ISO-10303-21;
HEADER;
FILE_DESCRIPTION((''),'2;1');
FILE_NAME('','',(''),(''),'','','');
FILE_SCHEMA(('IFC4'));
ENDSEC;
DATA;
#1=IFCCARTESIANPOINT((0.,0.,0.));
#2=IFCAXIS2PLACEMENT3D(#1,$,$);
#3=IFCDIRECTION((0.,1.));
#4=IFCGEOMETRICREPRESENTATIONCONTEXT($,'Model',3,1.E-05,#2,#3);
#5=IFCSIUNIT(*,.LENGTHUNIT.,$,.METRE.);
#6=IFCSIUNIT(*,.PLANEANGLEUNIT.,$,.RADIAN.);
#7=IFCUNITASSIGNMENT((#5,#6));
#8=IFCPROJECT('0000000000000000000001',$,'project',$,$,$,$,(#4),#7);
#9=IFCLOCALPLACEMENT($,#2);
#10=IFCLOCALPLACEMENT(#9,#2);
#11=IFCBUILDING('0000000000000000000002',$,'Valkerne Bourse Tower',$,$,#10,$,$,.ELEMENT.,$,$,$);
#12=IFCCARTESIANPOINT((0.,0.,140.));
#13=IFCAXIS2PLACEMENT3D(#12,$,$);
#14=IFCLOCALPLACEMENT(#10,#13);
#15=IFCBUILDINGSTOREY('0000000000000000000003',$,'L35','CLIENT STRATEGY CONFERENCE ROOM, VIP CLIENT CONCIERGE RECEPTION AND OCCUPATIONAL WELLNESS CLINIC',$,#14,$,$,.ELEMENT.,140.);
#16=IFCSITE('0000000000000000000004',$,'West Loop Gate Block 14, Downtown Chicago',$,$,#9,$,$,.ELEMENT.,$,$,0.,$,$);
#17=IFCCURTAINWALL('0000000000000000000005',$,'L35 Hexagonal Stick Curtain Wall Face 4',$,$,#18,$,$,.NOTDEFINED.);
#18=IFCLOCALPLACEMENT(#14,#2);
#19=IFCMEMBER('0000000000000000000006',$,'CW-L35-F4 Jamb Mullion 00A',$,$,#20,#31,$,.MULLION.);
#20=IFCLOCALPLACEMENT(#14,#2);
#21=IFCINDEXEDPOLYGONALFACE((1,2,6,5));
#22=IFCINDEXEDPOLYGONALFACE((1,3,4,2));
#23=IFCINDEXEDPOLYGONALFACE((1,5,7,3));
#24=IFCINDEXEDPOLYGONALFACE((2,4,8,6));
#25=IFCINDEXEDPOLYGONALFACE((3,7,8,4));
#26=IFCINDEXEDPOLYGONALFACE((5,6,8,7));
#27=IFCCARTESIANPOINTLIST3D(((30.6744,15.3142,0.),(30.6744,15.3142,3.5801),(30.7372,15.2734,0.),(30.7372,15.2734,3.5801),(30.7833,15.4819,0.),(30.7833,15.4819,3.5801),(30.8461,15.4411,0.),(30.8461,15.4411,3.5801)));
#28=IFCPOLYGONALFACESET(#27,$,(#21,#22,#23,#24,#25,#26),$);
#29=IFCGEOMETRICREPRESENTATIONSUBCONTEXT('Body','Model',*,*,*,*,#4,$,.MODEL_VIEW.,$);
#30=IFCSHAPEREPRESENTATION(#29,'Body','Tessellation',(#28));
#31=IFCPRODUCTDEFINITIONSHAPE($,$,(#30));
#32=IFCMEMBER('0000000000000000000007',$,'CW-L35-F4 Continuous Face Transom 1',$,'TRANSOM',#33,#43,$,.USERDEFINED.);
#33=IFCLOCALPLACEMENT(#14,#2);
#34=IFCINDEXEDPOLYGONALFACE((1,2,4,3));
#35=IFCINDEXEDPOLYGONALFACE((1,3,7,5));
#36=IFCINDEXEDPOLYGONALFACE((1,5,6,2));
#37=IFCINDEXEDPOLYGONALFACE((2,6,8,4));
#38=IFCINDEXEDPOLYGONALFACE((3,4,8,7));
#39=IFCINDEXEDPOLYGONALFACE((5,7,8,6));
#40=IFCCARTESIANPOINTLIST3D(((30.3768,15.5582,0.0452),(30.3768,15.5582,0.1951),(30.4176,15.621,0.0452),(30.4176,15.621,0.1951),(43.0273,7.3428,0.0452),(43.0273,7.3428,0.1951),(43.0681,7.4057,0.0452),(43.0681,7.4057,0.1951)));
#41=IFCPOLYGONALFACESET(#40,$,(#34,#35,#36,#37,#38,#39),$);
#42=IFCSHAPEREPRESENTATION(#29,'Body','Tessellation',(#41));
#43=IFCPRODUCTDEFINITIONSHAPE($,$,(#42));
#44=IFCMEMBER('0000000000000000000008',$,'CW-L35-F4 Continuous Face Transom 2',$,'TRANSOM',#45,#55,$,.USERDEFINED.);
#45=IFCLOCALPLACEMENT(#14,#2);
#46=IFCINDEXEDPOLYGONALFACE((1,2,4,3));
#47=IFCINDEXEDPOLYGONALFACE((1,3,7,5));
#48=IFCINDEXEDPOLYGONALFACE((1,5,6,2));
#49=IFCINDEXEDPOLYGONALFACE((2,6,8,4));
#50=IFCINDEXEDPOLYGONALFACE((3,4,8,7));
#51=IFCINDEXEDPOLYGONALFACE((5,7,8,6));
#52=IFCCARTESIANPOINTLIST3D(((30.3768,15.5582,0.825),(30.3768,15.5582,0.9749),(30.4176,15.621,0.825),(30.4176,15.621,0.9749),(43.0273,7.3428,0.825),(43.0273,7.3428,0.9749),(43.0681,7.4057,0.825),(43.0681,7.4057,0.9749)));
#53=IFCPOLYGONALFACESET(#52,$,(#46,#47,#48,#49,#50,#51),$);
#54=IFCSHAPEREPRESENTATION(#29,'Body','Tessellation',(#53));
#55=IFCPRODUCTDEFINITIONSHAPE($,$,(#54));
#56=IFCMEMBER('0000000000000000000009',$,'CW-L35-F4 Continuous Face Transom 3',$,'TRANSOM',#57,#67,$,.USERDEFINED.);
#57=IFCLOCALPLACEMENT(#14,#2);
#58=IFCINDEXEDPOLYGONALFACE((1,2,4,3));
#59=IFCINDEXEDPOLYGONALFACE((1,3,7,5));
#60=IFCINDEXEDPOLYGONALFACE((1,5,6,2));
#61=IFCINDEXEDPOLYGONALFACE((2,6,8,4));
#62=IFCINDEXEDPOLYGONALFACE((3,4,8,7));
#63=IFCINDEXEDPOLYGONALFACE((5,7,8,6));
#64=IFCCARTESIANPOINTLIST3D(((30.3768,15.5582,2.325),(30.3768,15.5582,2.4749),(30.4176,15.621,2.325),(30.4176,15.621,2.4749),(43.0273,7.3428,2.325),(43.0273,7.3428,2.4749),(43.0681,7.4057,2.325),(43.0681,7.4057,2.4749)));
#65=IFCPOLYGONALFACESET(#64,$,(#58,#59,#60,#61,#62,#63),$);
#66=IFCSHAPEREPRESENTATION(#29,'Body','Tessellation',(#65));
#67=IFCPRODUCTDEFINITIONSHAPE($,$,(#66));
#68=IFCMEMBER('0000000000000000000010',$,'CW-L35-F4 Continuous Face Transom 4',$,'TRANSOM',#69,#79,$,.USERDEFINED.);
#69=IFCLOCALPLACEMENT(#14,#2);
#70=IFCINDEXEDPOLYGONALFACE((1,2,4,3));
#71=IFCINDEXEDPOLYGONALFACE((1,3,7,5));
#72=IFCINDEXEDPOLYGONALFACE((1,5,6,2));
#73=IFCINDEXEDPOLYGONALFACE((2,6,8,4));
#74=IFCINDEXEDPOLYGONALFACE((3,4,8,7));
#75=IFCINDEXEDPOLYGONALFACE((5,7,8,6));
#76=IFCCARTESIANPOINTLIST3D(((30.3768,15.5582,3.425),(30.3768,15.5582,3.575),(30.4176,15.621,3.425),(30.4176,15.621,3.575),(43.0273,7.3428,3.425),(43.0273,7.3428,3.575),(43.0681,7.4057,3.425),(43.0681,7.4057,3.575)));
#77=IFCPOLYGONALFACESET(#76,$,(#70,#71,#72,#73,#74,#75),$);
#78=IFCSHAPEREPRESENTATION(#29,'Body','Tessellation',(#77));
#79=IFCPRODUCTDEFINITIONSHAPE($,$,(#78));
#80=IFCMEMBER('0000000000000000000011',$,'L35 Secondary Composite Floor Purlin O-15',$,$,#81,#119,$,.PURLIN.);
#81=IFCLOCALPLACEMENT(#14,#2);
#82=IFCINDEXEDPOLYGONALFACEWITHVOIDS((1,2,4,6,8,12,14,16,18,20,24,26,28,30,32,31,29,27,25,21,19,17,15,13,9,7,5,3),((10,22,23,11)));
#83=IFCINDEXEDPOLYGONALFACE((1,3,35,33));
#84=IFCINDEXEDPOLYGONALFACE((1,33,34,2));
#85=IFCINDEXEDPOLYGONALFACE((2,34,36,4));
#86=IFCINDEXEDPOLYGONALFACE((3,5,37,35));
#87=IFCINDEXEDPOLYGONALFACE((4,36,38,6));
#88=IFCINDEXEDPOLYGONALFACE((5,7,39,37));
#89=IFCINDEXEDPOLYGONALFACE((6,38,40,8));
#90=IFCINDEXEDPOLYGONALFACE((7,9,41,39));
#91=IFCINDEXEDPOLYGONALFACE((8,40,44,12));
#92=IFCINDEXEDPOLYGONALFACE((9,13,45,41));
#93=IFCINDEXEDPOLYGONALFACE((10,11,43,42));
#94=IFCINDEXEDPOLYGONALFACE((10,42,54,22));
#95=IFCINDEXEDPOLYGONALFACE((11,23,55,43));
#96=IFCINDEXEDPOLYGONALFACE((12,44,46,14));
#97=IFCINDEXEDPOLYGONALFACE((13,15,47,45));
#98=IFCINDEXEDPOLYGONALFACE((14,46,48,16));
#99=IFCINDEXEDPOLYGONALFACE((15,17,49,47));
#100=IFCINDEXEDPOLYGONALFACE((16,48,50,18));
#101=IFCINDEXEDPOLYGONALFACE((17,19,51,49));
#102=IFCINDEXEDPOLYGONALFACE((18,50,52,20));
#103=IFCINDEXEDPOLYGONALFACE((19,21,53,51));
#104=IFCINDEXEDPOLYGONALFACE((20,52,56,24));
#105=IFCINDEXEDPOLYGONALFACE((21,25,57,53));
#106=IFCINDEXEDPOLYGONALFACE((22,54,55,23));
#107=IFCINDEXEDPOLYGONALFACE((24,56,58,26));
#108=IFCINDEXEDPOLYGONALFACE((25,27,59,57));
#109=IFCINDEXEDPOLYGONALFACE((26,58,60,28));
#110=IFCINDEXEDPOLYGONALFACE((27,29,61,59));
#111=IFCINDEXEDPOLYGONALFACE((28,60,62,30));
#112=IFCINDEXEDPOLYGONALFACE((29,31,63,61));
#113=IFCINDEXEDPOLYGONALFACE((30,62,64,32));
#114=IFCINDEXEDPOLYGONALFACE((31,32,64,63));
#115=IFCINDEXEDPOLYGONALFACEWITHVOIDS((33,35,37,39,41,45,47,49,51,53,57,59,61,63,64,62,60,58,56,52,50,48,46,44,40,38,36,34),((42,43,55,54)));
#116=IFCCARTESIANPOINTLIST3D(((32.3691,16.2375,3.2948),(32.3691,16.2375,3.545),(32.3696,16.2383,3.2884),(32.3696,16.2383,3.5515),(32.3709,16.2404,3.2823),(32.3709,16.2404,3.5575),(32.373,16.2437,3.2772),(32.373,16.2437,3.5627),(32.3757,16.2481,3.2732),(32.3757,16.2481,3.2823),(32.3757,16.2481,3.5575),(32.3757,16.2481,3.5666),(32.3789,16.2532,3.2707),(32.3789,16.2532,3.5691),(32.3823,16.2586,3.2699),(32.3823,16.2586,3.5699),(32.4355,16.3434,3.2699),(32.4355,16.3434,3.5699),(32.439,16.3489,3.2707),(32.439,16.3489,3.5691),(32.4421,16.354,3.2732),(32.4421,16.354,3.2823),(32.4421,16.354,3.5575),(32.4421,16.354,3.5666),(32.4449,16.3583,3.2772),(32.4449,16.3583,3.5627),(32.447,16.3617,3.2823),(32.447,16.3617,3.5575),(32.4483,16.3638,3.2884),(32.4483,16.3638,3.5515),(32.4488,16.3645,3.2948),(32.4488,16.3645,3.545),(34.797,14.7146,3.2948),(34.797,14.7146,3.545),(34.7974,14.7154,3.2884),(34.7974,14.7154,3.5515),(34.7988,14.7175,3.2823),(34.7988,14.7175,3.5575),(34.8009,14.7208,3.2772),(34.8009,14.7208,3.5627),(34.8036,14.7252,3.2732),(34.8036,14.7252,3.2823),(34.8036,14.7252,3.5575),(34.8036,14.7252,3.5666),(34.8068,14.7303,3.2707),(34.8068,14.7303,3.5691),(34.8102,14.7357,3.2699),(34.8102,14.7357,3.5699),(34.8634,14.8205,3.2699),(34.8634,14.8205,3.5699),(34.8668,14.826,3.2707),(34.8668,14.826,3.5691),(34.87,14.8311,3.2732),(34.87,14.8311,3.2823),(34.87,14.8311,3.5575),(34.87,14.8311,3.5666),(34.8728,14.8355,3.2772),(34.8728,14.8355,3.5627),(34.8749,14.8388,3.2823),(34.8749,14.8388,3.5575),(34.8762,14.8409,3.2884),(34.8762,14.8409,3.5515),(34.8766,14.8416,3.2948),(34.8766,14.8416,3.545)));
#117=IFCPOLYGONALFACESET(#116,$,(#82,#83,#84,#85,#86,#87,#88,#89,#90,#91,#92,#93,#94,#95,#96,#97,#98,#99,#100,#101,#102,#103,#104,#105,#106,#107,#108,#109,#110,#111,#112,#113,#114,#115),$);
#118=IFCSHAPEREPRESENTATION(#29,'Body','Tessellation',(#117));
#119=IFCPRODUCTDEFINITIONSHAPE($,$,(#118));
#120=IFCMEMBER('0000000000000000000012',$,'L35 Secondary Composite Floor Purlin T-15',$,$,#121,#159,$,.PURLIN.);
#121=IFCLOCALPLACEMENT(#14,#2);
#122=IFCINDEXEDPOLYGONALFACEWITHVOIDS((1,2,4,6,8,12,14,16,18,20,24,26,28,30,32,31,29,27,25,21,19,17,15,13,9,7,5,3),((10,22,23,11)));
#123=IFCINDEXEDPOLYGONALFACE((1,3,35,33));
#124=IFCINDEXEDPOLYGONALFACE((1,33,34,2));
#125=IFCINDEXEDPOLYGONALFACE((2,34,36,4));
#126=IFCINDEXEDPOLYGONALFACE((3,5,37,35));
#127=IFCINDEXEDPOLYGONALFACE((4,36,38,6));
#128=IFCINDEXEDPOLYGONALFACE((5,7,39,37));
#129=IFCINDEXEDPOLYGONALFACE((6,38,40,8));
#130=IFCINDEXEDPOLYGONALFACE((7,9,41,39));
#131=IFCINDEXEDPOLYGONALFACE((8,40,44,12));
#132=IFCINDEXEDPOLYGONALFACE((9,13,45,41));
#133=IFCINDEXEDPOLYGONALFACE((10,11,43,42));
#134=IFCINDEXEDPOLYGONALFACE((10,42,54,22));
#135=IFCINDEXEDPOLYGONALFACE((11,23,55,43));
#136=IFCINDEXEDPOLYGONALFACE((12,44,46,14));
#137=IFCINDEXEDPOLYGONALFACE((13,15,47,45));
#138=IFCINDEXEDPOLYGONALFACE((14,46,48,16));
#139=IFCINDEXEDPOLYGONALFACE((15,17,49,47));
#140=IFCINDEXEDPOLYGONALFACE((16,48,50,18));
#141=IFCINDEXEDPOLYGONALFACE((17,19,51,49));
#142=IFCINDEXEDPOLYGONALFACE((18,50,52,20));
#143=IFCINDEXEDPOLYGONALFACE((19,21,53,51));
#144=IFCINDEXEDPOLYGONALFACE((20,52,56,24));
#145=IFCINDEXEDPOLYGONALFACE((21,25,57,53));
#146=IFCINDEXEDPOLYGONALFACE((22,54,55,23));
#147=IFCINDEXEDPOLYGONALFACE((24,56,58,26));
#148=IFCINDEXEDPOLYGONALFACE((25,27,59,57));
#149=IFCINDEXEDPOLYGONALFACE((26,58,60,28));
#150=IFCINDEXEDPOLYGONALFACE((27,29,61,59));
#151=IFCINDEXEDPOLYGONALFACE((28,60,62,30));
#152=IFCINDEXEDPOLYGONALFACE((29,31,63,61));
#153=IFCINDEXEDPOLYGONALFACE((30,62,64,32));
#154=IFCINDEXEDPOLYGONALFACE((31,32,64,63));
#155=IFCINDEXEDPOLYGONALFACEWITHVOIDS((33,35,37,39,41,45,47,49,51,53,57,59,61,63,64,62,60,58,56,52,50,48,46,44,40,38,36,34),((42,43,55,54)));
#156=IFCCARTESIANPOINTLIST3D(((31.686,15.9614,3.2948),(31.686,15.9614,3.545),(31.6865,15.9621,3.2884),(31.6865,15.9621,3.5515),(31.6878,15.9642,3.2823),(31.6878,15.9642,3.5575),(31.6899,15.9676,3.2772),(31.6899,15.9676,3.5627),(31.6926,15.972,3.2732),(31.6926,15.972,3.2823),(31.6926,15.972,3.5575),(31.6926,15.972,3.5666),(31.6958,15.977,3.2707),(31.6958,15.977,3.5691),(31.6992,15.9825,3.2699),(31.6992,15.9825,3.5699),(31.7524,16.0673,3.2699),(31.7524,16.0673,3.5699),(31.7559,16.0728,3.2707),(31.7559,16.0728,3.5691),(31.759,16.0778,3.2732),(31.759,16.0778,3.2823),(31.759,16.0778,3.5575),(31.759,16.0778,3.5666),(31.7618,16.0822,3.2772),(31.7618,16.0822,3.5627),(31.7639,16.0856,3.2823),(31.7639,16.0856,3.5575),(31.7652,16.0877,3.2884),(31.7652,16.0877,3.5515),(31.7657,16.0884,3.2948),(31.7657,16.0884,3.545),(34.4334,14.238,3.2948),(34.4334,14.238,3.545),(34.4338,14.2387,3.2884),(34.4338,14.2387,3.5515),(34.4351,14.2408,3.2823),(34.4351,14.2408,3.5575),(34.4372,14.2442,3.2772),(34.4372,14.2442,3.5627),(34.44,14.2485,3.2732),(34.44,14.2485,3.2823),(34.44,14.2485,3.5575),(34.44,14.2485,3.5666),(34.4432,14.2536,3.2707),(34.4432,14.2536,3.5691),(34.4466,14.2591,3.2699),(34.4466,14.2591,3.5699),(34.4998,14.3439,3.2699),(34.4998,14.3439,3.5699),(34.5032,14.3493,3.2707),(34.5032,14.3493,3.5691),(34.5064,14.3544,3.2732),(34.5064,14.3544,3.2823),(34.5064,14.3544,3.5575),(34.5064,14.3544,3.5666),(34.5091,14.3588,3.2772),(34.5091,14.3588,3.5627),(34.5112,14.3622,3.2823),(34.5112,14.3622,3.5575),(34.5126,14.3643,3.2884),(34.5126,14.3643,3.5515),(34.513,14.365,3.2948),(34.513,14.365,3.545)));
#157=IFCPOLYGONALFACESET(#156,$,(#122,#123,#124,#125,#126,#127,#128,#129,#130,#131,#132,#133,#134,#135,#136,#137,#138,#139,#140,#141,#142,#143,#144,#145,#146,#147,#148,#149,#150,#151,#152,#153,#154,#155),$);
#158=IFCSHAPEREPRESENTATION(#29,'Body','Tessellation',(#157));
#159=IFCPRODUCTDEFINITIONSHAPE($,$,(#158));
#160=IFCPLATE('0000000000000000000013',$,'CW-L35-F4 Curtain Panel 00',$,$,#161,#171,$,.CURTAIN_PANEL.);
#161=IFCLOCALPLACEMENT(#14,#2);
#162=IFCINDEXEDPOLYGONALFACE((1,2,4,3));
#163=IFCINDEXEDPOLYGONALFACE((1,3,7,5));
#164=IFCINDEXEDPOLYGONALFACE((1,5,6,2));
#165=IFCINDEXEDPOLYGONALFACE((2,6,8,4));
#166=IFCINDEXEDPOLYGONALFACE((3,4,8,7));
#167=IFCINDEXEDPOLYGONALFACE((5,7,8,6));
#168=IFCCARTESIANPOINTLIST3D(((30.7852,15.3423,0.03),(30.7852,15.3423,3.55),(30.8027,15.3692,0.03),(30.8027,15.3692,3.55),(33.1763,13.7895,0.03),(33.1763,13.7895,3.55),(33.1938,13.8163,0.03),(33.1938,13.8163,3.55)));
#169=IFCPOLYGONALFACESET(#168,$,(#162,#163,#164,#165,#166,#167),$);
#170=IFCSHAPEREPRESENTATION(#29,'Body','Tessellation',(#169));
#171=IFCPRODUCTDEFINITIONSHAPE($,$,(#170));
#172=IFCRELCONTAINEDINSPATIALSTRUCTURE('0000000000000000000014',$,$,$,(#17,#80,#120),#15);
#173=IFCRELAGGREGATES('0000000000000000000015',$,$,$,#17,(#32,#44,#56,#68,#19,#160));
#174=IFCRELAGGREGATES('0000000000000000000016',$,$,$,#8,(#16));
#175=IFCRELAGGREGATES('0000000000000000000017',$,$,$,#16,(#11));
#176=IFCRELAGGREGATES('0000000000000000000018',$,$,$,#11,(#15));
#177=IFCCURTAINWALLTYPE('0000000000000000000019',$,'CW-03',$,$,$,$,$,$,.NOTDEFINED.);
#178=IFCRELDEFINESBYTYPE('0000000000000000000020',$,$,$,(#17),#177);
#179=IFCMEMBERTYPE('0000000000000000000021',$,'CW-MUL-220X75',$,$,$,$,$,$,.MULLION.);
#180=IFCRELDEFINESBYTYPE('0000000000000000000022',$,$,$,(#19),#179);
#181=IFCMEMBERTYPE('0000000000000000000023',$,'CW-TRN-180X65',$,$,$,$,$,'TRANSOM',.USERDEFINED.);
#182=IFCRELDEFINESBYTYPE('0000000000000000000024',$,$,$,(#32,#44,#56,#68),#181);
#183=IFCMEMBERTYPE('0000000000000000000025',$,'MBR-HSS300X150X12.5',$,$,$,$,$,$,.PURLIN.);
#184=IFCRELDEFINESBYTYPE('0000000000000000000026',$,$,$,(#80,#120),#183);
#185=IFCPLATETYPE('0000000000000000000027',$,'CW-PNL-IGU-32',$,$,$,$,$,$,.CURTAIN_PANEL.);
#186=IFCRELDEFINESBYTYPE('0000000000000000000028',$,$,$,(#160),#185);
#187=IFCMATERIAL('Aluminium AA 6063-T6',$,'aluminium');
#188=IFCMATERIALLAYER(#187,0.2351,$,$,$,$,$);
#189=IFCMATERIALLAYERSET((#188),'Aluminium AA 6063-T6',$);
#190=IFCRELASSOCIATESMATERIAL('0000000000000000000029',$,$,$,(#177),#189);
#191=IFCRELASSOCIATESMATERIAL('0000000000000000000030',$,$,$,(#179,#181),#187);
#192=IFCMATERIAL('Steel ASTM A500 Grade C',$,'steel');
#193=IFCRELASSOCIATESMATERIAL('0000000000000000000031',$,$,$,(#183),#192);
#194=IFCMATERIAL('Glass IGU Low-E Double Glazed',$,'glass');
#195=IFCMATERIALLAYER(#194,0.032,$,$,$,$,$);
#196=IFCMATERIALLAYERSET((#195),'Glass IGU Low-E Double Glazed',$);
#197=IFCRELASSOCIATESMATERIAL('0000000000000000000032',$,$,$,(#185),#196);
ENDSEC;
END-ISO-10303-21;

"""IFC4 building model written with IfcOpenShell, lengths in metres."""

from ifc_helpers import new_model, si_unit, direction, frame, origin, origin_2d, place, context, subcontext, project, spatial, rectangle, hollow_rectangle, extrude, material, layer, layer_set, material_profile, profile_set, type_object, element, aggregate, save


model = new_model("IFC4")

# Units and contexts
model_context = context("Model", 3, precision=1e-05, world=origin(), true_north=direction((0.0, 1.0)))
body_context = subcontext(model_context, "Body", "Model", "MODEL_VIEW")
ifc_project = project(units=[si_unit("LENGTHUNIT", "METRE"), si_unit("PLANEANGLEUNIT", "RADIAN")], contexts=[model_context])

# Site, building, storey
site_placement = place(None, origin())
site = spatial("IfcSite", under=ifc_project, at=site_placement, Name="West Loop Gate Block 14, Downtown Chicago", CompositionType="ELEMENT", RefElevation=0.0)
building_placement = place(site_placement, origin())
building = spatial("IfcBuilding", under=site, at=building_placement, Name="Valkerne Bourse Tower", CompositionType="ELEMENT")
storey_placement = place(building_placement, frame((0.0, 0.0, 140.0)))
storey = spatial("IfcBuildingStorey", under=building, at=storey_placement, Name="L35", Description="CLIENT STRATEGY CONFERENCE ROOM, VIP CLIENT CONCIERGE RECEPTION AND OCCUPATIONAL WELLNESS CLINIC", CompositionType="ELEMENT", Elevation=140.0)

# Curtain wall, members
ifc_material_1 = material(Name="Aluminium AA 6063-T6", Category="aluminium")
ifc_layer_1 = layer(ifc_material_1, 0.2351)
ifc_layer_set_1 = layer_set([ifc_layer_1], Name="Aluminium AA 6063-T6")
curtain_wall_type = type_object("IfcCurtainWallType", Name="CW-03", PredefinedType="NOTDEFINED", material=ifc_layer_set_1)
curtain_wall_placement = place(storey_placement, origin())
curtain_wall = element("IfcCurtainWall", 1, at=curtain_wall_placement, inside=storey, type_object=curtain_wall_type, Name="L35 Hexagonal Stick Curtain Wall Face 4", PredefinedType="NOTDEFINED")
ifc_material_profile_1 = material_profile(ifc_material_1, rectangle(XDim=0.075, YDim=0.2, at=origin_2d()), Name="CWM-75X200")
ifc_profile_set_1 = profile_set([ifc_material_profile_1], Name="Aluminium AA 6063-T6")
member_type_1 = type_object("IfcMemberType", Name="CW-MUL-220X75", PredefinedType="MULLION", material=ifc_profile_set_1)
member_1_placement = place(storey_placement, frame((30.7603, 15.3777, 0.0), z_axis=(0.0, 0.0, 1.0), x_axis=(0.838668, -0.544643, 0.0)))
member_1 = element("IfcMember", 2, at=member_1_placement, type_object=member_type_1, Name="CW-L35-F4 Jamb Mullion 00A", PredefinedType="MULLION", context=body_context, shape_type="SweptSolid", body=[
    extrude(rectangle(XDim=0.075, YDim=0.2, at=origin_2d()), origin(), (0.0, 0.0, 1.0), 3.5801),
])
ifc_material_profile_2 = material_profile(ifc_material_1, rectangle(XDim=0.075, YDim=0.1499, at=origin_2d()), Name="CWT-75X150")
ifc_profile_set_2 = profile_set([ifc_material_profile_2], Name="Aluminium AA 6063-T6")
member_type_2 = type_object("IfcMemberType", Name="CW-TRN-180X65", ElementType="TRANSOM", PredefinedType="USERDEFINED", material=ifc_profile_set_2)
member_2_placement = place(storey_placement, frame((30.3972, 15.5896, 0.1201), z_axis=(0.838668, -0.544642, 0.0), x_axis=(0.544642, 0.838668, 0.0)))
member_2 = element("IfcMember", 3, at=member_2_placement, type_object=member_type_2, Name="CW-L35-F4 Continuous Face Transom 1", ObjectType="TRANSOM", PredefinedType="USERDEFINED", context=body_context, shape_type="SweptSolid", body=[
    extrude(rectangle(XDim=0.075, YDim=0.1499, at=origin_2d()), origin(), (0.0, 0.0, 1.0), 15.084),
])
member_3_placement = place(storey_placement, frame((30.3972, 15.5896, 0.8999), z_axis=(0.838668, -0.544642, 0.0), x_axis=(0.544642, 0.838668, 0.0)))
member_3 = element("IfcMember", 4, at=member_3_placement, type_object=member_type_2, Name="CW-L35-F4 Continuous Face Transom 2", ObjectType="TRANSOM", PredefinedType="USERDEFINED", context=body_context, shape_type="SweptSolid", body=[
    extrude(rectangle(XDim=0.075, YDim=0.1499, at=origin_2d()), origin(), (0.0, 0.0, 1.0), 15.084),
])
member_4_placement = place(storey_placement, frame((30.3972, 15.5896, 2.3999), z_axis=(0.838668, -0.544642, 0.0), x_axis=(0.544642, 0.838668, 0.0)))
member_4 = element("IfcMember", 5, at=member_4_placement, type_object=member_type_2, Name="CW-L35-F4 Continuous Face Transom 3", ObjectType="TRANSOM", PredefinedType="USERDEFINED", context=body_context, shape_type="SweptSolid", body=[
    extrude(rectangle(XDim=0.075, YDim=0.1499, at=origin_2d()), origin(), (0.0, 0.0, 1.0), 15.084),
])
member_5_placement = place(storey_placement, frame((30.3972, 15.5896, 3.5), z_axis=(0.838668, -0.544642, 0.0), x_axis=(0.544642, 0.838668, 0.0)))
member_5 = element("IfcMember", 6, at=member_5_placement, type_object=member_type_2, Name="CW-L35-F4 Continuous Face Transom 4", ObjectType="TRANSOM", PredefinedType="USERDEFINED", context=body_context, shape_type="SweptSolid", body=[
    extrude(rectangle(XDim=0.075, YDim=0.1499, at=origin_2d()), origin(), (0.0, 0.0, 1.0), 15.084),
])

# Members
ifc_material_2 = material(Name="Steel ASTM A500 Grade C", Category="steel")
ifc_material_profile_3 = material_profile(ifc_material_2, hollow_rectangle(XDim=0.1499, YDim=0.3, WallThickness=0.0125, OuterFilletRadius=0.0249, at=origin_2d()), Name="HSS300X150X12.5")
ifc_profile_set_3 = profile_set([ifc_material_profile_3], Name="Steel ASTM A500 Grade C")
member_type_3 = type_object("IfcMemberType", Name="MBR-HSS300X150X12.5", PredefinedType="PURLIN", material=ifc_profile_set_3)
member_6_placement = place(storey_placement, frame((32.4089, 16.301, 3.4199), z_axis=(0.847141, -0.531369, 0.0), x_axis=(0.531369, 0.847141, 0.0)))
element("IfcMember", 7, at=member_6_placement, inside=storey, type_object=member_type_3, Name="L35 Secondary Composite Floor Purlin O-15", PredefinedType="PURLIN", context=body_context, shape_type="SweptSolid", body=[
    extrude(hollow_rectangle(XDim=0.1499, YDim=0.3, WallThickness=0.0125, OuterFilletRadius=0.0249, at=origin_2d()), origin(), (0.0, 0.0, 1.0), 2.866),
])
member_7_placement = place(storey_placement, frame((31.7258, 16.0249, 3.4199), z_axis=(0.847122, -0.531399, 0.0), x_axis=(0.531399, 0.847122, 0.0)))
element("IfcMember", 8, at=member_7_placement, inside=storey, type_object=member_type_3, Name="L35 Secondary Composite Floor Purlin T-15", PredefinedType="PURLIN", context=body_context, shape_type="SweptSolid", body=[
    extrude(hollow_rectangle(XDim=0.1499, YDim=0.3, WallThickness=0.0125, OuterFilletRadius=0.0249, at=origin_2d()), origin(), (0.0, 0.0, 1.0), 3.2432),
])

# Plate
ifc_material_3 = material(Name="Glass IGU Low-E Double Glazed", Category="glass")
ifc_layer_2 = layer(ifc_material_3, 0.032)
ifc_layer_set_2 = layer_set([ifc_layer_2], Name="Glass IGU Low-E Double Glazed")
plate_type = type_object("IfcPlateType", Name="CW-PNL-IGU-32", PredefinedType="CURTAIN_PANEL", material=ifc_layer_set_2)
plate_placement = place(storey_placement, frame((31.9895, 14.5793, 0.03), z_axis=(0.0, 0.0, 1.0), x_axis=(0.838668, -0.544643, 0.0)))
plate = element("IfcPlate", 9, at=plate_placement, type_object=plate_type, Name="CW-L35-F4 Curtain Panel 00", PredefinedType="CURTAIN_PANEL", context=body_context, shape_type="SweptSolid", body=[
    extrude(rectangle(XDim=2.8511, YDim=0.032, at=origin_2d()), origin(), (0.0, 0.0, 1.0), 3.52),
])
aggregate(curtain_wall, [member_2, member_3, member_4, member_5, member_1, plate])

save(model, "model.ifc")
